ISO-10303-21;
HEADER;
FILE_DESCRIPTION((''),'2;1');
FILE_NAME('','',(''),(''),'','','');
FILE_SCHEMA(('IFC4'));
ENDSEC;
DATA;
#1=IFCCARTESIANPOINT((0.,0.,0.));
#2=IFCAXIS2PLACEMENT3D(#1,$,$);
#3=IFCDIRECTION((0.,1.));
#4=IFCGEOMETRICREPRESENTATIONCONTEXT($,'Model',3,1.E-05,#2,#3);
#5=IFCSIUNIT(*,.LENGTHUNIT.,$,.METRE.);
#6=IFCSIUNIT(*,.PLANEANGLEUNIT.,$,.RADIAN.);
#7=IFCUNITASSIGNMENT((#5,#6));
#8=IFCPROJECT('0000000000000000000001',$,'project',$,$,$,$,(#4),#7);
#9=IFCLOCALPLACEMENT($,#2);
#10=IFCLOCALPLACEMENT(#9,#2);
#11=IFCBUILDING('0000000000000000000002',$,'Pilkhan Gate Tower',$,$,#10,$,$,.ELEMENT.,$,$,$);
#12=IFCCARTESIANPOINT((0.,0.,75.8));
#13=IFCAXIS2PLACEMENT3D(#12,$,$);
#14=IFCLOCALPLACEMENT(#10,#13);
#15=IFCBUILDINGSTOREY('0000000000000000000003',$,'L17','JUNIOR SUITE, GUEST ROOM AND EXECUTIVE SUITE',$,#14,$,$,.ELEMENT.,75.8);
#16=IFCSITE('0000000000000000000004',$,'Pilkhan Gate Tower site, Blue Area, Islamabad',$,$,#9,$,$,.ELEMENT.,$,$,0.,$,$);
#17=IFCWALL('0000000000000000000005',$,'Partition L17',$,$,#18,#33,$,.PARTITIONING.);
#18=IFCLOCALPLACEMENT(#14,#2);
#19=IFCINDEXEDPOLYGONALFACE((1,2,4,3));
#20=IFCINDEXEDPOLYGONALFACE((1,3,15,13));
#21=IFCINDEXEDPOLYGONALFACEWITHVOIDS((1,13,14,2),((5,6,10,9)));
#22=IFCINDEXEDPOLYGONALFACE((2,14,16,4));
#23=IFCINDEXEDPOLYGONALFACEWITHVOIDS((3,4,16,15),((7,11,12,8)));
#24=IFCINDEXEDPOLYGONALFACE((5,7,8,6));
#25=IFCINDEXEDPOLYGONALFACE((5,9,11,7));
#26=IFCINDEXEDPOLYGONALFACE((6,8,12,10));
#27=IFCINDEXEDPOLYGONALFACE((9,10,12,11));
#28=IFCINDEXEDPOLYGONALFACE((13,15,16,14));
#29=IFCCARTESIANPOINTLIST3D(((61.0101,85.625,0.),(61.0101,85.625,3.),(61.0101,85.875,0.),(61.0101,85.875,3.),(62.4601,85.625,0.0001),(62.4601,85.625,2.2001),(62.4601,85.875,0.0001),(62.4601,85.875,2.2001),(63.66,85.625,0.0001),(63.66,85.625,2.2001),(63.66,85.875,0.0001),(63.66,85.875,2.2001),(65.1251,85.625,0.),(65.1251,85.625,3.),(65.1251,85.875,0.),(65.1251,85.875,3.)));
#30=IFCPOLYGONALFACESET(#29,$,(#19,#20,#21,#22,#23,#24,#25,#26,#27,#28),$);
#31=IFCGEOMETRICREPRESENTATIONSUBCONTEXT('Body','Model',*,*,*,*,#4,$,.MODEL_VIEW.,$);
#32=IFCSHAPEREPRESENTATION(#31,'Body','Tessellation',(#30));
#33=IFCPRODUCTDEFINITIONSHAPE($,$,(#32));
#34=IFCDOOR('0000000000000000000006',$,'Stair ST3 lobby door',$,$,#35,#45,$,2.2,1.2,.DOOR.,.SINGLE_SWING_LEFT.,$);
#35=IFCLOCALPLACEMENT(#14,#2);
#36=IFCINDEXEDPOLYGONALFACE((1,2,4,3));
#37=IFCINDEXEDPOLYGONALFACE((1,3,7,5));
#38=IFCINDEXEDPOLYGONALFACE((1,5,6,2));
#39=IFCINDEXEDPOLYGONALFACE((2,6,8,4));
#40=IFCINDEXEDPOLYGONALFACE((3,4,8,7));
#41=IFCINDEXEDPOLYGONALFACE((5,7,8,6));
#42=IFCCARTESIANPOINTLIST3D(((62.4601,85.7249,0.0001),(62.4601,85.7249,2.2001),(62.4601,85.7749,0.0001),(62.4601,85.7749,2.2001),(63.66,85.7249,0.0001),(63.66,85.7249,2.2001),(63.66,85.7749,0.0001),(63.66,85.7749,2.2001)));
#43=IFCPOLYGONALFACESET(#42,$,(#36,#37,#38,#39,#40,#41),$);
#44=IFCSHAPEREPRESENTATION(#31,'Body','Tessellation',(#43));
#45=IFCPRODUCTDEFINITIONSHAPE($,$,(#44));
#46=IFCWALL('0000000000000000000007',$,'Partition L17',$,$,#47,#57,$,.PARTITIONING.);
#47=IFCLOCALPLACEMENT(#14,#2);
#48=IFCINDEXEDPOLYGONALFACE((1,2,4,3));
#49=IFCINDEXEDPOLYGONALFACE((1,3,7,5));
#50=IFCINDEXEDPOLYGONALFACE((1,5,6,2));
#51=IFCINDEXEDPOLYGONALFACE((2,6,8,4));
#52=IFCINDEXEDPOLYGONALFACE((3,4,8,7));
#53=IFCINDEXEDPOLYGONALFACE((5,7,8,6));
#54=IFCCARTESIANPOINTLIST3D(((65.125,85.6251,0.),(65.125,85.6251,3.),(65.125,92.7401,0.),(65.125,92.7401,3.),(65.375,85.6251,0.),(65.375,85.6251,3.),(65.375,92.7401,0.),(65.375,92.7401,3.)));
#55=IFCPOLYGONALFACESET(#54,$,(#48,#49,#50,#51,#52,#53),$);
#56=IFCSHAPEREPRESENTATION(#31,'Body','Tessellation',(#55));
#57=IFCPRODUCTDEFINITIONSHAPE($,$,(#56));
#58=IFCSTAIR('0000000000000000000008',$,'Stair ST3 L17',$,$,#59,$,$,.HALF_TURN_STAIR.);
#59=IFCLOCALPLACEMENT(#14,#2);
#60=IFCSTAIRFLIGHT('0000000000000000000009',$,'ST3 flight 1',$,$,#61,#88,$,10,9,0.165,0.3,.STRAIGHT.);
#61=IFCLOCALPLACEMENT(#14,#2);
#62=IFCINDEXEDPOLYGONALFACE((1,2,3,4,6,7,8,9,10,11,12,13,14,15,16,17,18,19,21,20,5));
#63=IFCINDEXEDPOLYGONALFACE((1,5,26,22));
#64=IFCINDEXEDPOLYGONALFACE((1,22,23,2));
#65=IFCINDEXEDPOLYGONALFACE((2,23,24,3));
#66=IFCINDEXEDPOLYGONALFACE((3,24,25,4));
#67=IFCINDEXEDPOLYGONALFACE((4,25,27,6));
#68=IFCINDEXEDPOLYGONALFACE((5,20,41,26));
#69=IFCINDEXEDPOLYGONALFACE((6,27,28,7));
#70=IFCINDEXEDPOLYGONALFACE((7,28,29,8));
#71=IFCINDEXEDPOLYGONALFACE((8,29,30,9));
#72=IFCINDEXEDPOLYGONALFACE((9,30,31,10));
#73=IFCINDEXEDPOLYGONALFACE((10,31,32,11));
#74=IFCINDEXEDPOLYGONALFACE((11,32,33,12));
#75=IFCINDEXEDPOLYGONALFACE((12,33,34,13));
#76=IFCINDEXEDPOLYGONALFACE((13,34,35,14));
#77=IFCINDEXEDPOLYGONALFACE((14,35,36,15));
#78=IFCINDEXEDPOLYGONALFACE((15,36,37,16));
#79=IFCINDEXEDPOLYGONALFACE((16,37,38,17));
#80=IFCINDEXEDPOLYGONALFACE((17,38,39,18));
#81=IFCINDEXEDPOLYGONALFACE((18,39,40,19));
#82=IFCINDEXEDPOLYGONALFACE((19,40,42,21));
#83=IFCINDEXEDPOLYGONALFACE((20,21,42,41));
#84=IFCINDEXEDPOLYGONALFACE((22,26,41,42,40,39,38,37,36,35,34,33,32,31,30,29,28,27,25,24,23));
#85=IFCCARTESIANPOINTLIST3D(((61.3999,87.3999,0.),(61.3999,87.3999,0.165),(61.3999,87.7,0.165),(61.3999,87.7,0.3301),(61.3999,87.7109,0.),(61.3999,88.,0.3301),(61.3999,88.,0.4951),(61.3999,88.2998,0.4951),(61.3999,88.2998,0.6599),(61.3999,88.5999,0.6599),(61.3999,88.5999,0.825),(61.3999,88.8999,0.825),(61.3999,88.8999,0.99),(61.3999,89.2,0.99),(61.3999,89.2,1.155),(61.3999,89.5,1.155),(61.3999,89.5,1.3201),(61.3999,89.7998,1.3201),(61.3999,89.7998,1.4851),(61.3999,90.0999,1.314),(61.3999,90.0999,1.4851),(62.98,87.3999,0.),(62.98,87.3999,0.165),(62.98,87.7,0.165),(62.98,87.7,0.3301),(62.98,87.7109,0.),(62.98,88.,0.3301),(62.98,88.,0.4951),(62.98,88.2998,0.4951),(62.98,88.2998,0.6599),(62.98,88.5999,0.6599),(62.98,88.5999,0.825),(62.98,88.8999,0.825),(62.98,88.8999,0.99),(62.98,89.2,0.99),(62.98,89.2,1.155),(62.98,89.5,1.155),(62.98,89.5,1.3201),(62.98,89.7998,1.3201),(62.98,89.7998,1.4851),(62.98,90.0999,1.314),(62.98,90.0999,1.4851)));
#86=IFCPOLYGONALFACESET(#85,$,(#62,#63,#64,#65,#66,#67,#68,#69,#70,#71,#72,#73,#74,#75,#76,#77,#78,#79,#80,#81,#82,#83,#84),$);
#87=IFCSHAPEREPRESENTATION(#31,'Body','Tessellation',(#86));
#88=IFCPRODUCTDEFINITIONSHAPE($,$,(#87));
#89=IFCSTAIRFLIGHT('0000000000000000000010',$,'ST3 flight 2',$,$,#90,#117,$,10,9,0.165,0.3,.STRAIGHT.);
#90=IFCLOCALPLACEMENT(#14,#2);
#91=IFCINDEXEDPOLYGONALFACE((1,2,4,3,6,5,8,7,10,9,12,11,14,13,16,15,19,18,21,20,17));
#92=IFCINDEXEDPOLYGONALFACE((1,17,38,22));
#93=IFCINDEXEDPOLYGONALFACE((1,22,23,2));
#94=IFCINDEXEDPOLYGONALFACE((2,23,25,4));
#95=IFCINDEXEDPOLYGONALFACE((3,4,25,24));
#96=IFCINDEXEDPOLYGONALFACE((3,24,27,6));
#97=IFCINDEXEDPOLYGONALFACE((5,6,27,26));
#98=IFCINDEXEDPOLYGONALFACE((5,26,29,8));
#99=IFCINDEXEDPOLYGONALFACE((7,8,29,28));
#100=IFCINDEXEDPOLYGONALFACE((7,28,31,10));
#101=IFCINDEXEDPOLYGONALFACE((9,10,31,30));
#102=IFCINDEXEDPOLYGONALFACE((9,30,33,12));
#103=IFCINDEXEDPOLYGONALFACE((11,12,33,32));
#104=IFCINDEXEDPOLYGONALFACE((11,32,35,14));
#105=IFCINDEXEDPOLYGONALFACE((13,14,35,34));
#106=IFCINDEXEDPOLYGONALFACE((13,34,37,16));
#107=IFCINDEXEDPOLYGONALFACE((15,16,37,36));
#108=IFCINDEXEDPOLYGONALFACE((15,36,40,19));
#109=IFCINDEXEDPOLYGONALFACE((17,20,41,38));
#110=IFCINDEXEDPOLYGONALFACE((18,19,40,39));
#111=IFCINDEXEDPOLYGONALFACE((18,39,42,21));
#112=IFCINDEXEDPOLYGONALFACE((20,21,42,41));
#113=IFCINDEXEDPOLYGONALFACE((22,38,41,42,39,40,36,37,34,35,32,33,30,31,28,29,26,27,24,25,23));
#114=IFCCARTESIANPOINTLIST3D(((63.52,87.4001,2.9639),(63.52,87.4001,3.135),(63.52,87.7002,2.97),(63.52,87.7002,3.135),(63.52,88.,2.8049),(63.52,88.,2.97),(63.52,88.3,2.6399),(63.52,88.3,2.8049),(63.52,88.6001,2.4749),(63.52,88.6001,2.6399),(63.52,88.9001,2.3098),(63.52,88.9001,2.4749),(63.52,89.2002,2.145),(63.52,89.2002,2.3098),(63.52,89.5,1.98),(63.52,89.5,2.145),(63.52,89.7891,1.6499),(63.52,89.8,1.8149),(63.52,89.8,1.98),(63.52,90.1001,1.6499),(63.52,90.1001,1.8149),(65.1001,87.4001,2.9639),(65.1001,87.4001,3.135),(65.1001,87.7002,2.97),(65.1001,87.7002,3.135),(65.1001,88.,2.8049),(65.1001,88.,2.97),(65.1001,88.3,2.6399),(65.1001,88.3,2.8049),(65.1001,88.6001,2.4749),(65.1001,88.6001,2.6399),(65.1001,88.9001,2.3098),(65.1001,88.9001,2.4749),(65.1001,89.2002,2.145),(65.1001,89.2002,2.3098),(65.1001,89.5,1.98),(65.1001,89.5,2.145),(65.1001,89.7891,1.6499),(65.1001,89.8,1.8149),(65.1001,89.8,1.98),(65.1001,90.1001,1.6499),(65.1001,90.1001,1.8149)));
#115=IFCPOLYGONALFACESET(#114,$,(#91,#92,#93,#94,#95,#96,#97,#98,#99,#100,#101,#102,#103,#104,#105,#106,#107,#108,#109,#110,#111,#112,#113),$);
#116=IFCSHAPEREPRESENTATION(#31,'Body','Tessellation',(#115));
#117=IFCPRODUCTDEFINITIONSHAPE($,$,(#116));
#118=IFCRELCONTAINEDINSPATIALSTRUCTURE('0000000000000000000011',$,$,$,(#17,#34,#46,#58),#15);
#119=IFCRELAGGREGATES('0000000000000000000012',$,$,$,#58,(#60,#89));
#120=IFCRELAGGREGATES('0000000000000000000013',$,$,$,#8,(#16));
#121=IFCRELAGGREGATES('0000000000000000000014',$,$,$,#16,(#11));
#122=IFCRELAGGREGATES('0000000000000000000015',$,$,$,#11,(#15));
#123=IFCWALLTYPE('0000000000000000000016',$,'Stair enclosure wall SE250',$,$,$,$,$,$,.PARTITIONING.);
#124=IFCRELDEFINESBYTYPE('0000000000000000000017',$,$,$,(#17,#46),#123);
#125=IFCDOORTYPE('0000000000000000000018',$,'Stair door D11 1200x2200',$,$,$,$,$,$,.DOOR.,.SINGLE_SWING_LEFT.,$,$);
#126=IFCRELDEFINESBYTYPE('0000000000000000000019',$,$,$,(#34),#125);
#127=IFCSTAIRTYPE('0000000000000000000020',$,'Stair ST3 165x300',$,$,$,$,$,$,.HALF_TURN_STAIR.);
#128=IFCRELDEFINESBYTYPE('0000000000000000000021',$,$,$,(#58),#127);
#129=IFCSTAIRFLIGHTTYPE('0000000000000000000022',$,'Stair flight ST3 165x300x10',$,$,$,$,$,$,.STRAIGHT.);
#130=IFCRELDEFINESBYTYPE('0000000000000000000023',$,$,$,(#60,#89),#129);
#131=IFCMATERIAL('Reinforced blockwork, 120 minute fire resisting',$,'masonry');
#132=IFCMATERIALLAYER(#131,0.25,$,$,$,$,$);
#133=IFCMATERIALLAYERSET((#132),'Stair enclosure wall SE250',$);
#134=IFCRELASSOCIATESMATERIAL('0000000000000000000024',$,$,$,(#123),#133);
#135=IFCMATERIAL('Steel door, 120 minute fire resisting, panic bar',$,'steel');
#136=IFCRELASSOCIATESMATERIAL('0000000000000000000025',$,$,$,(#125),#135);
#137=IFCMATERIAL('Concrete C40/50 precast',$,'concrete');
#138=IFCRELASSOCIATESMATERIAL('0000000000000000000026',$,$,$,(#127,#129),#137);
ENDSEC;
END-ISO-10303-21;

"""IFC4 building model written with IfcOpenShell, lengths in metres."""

from ifc_helpers import new_model, si_unit, direction, frame, frame_2d, origin, place, context, subcontext, project, spatial, polyline, rectangle, outline, extrude, material, layer, layer_set, type_object, element, fill, aggregate, save


model = new_model("IFC4")

# Units and contexts
model_context = context("Model", 3, precision=1e-05, world=origin(), true_north=direction((0.0, 1.0)))
body_context = subcontext(model_context, "Body", "Model", "MODEL_VIEW")
ifc_project = project(units=[si_unit("LENGTHUNIT", "METRE"), si_unit("PLANEANGLEUNIT", "RADIAN")], contexts=[model_context])

# Site, building, storey
site_placement = place(None, origin())
site = spatial("IfcSite", under=ifc_project, at=site_placement, Name="Pilkhan Gate Tower site, Blue Area, Islamabad", CompositionType="ELEMENT", RefElevation=0.0)
building_placement = place(site_placement, origin())
building = spatial("IfcBuilding", under=site, at=building_placement, Name="Pilkhan Gate Tower", CompositionType="ELEMENT")
storey_placement = place(building_placement, frame((0.0, 0.0, 75.8)))
storey = spatial("IfcBuildingStorey", under=building, at=storey_placement, Name="L17", Description="JUNIOR SUITE, GUEST ROOM AND EXECUTIVE SUITE", CompositionType="ELEMENT", Elevation=75.8)

# Wall, opening, door
ifc_material_1 = material(Name="Reinforced blockwork, 120 minute fire resisting", Category="masonry")
ifc_layer_1 = layer(ifc_material_1, 0.25)
ifc_layer_set_1 = layer_set([ifc_layer_1], Name="Stair enclosure wall SE250")
wall_type_1 = type_object("IfcWallType", Name="Stair enclosure wall SE250", PredefinedType="PARTITIONING", material=ifc_layer_set_1)
wall_1_placement = place(storey_placement, frame((61.01, 85.75, 0.0), z_axis=(0.0, 0.0, 1.0), x_axis=(1.0, 0.0, 0.0)))
wall_1 = element("IfcWall", 1, at=wall_1_placement, inside=storey, type_object=wall_type_1, Name="Partition L17", PredefinedType="PARTITIONING", context=body_context, shape_type="SweptSolid", body=[
    extrude(rectangle(XDim=4.115, YDim=0.25, at=frame_2d((2.0576, 0.0))), origin(), (0.0, 0.0, 1.0), 3.0),
])
opening_1_placement = place(wall_1_placement, frame((1.45, 0.0, 0.0)))
opening_1 = element("IfcOpeningElement", 2, at=opening_1_placement, cuts=wall_1, PredefinedType="OPENING", context=body_context, shape_type="SweptSolid", body=[
    extrude(rectangle(XDim=1.2, YDim=2.2, at=frame_2d((0.6001, 1.1001))), frame((0.0, 0.135, 0.0), z_axis=(0.0, -1.0, 0.0), x_axis=(1.0, 0.0, 0.0)), (0.0, 0.0, 1.0), 0.27),
])
ifc_material_2 = material(Name="Steel door, 120 minute fire resisting, panic bar", Category="steel")
door_type_1 = type_object("IfcDoorType", Name="Stair door D11 1200x2200", OperationType="SINGLE_SWING_LEFT", PredefinedType="DOOR", material=ifc_material_2)
door_1_placement = place(opening_1_placement, origin())
door_1 = element("IfcDoor", 3, at=door_1_placement, inside=storey, type_object=door_type_1, Name="Stair ST3 lobby door", OperationType="SINGLE_SWING_LEFT", OverallHeight=2.2, OverallWidth=1.2, PredefinedType="DOOR", context=body_context, shape_type="SweptSolid", body=[
    extrude(rectangle(XDim=1.2, YDim=2.2, at=frame_2d((0.6001, 1.1001))), frame((0.0, 0.0249, 0.0), z_axis=(0.0, -1.0, 0.0), x_axis=(1.0, 0.0, 0.0)), (0.0, 0.0, 1.0), 0.05),
])
fill(opening_1, door_1)

# Wall
wall_2_placement = place(storey_placement, frame((65.25, 85.625, 0.0), z_axis=(0.0, 0.0, 1.0), x_axis=(0.0, 1.0, 0.0)))
element("IfcWall", 4, at=wall_2_placement, inside=storey, type_object=wall_type_1, Name="Partition L17", PredefinedType="PARTITIONING", context=body_context, shape_type="SweptSolid", body=[
    extrude(rectangle(XDim=7.115, YDim=0.25, at=frame_2d((3.5576, 0.0))), origin(), (0.0, 0.0, 1.0), 3.0),
])

# Stair, stair flights
ifc_material_3 = material(Name="Concrete C40/50 precast", Category="concrete")
stair_type = type_object("IfcStairType", Name="Stair ST3 165x300", PredefinedType="HALF_TURN_STAIR", material=ifc_material_3)
stair_placement = place(storey_placement, origin())
stair = element("IfcStair", 5, at=stair_placement, inside=storey, type_object=stair_type, Name="Stair ST3 L17", PredefinedType="HALF_TURN_STAIR")
stair_flight_type = type_object("IfcStairFlightType", Name="Stair flight ST3 165x300x10", PredefinedType="STRAIGHT", material=ifc_material_3)
stair_flight_1_placement = place(storey_placement, frame((62.1899, 87.3999, 0.0), z_axis=(0.0, 0.0, 1.0), x_axis=(0.0, 1.0, 0.0)))
stair_flight_1 = element("IfcStairFlight", 6, at=stair_flight_1_placement, type_object=stair_flight_type, Name="ST3 flight 1", NumberOfRisers=10, NumberOfTreads=9, PredefinedType="STRAIGHT", RiserHeight=0.165, TreadLength=0.3, context=body_context, shape_type="SweptSolid", body=[
    extrude(outline(polyline([(0.0, 0.0), (0.0, 0.165), (0.3, 0.165), (0.3, 0.3301), (0.6001, 0.3301), (0.6001, 0.4951), (0.8999, 0.4951), (0.8999, 0.6599), (1.2, 0.6599), (1.2, 0.825), (1.5, 0.825), (1.5, 0.99), (1.8, 0.99), (1.8, 1.155), (2.1001, 1.155), (2.1001, 1.3201), (2.3999, 1.3201), (2.3999, 1.4851), (2.7, 1.4851), (2.7, 1.6499), (2.7, 1.314), (0.311, 0.0), (0.0, 0.0)])), frame((0.0, 0.79, 0.0), z_axis=(0.0, -1.0, 0.0), x_axis=(1.0, 0.0, 0.0)), (0.0, 0.0, 1.0), 1.5801),
])
stair_flight_2_placement = place(storey_placement, frame((64.3101, 90.1001, 1.6499), z_axis=(0.0, 0.0, 1.0), x_axis=(0.0, -1.0, 0.0)))
stair_flight_2 = element("IfcStairFlight", 7, at=stair_flight_2_placement, type_object=stair_flight_type, Name="ST3 flight 2", NumberOfRisers=10, NumberOfTreads=9, PredefinedType="STRAIGHT", RiserHeight=0.165, TreadLength=0.3, context=body_context, shape_type="SweptSolid", body=[
    extrude(outline(polyline([(0.0, 0.0), (0.0, 0.165), (0.3, 0.165), (0.3, 0.3301), (0.6001, 0.3301), (0.6001, 0.4951), (0.8999, 0.4951), (0.8999, 0.6599), (1.2, 0.6599), (1.2, 0.825), (1.5, 0.825), (1.5, 0.99), (1.8, 0.99), (1.8, 1.155), (2.1001, 1.155), (2.1001, 1.3201), (2.3999, 1.3201), (2.3999, 1.4851), (2.7, 1.4851), (2.7, 1.6499), (2.7, 1.314), (0.311, 0.0), (0.0, 0.0)])), frame((0.0, 0.79, 0.0), z_axis=(0.0, -1.0, 0.0), x_axis=(1.0, 0.0, 0.0)), (0.0, 0.0, 1.0), 1.5801),
])
aggregate(stair, [stair_flight_1, stair_flight_2])

save(model, "model.ifc")
